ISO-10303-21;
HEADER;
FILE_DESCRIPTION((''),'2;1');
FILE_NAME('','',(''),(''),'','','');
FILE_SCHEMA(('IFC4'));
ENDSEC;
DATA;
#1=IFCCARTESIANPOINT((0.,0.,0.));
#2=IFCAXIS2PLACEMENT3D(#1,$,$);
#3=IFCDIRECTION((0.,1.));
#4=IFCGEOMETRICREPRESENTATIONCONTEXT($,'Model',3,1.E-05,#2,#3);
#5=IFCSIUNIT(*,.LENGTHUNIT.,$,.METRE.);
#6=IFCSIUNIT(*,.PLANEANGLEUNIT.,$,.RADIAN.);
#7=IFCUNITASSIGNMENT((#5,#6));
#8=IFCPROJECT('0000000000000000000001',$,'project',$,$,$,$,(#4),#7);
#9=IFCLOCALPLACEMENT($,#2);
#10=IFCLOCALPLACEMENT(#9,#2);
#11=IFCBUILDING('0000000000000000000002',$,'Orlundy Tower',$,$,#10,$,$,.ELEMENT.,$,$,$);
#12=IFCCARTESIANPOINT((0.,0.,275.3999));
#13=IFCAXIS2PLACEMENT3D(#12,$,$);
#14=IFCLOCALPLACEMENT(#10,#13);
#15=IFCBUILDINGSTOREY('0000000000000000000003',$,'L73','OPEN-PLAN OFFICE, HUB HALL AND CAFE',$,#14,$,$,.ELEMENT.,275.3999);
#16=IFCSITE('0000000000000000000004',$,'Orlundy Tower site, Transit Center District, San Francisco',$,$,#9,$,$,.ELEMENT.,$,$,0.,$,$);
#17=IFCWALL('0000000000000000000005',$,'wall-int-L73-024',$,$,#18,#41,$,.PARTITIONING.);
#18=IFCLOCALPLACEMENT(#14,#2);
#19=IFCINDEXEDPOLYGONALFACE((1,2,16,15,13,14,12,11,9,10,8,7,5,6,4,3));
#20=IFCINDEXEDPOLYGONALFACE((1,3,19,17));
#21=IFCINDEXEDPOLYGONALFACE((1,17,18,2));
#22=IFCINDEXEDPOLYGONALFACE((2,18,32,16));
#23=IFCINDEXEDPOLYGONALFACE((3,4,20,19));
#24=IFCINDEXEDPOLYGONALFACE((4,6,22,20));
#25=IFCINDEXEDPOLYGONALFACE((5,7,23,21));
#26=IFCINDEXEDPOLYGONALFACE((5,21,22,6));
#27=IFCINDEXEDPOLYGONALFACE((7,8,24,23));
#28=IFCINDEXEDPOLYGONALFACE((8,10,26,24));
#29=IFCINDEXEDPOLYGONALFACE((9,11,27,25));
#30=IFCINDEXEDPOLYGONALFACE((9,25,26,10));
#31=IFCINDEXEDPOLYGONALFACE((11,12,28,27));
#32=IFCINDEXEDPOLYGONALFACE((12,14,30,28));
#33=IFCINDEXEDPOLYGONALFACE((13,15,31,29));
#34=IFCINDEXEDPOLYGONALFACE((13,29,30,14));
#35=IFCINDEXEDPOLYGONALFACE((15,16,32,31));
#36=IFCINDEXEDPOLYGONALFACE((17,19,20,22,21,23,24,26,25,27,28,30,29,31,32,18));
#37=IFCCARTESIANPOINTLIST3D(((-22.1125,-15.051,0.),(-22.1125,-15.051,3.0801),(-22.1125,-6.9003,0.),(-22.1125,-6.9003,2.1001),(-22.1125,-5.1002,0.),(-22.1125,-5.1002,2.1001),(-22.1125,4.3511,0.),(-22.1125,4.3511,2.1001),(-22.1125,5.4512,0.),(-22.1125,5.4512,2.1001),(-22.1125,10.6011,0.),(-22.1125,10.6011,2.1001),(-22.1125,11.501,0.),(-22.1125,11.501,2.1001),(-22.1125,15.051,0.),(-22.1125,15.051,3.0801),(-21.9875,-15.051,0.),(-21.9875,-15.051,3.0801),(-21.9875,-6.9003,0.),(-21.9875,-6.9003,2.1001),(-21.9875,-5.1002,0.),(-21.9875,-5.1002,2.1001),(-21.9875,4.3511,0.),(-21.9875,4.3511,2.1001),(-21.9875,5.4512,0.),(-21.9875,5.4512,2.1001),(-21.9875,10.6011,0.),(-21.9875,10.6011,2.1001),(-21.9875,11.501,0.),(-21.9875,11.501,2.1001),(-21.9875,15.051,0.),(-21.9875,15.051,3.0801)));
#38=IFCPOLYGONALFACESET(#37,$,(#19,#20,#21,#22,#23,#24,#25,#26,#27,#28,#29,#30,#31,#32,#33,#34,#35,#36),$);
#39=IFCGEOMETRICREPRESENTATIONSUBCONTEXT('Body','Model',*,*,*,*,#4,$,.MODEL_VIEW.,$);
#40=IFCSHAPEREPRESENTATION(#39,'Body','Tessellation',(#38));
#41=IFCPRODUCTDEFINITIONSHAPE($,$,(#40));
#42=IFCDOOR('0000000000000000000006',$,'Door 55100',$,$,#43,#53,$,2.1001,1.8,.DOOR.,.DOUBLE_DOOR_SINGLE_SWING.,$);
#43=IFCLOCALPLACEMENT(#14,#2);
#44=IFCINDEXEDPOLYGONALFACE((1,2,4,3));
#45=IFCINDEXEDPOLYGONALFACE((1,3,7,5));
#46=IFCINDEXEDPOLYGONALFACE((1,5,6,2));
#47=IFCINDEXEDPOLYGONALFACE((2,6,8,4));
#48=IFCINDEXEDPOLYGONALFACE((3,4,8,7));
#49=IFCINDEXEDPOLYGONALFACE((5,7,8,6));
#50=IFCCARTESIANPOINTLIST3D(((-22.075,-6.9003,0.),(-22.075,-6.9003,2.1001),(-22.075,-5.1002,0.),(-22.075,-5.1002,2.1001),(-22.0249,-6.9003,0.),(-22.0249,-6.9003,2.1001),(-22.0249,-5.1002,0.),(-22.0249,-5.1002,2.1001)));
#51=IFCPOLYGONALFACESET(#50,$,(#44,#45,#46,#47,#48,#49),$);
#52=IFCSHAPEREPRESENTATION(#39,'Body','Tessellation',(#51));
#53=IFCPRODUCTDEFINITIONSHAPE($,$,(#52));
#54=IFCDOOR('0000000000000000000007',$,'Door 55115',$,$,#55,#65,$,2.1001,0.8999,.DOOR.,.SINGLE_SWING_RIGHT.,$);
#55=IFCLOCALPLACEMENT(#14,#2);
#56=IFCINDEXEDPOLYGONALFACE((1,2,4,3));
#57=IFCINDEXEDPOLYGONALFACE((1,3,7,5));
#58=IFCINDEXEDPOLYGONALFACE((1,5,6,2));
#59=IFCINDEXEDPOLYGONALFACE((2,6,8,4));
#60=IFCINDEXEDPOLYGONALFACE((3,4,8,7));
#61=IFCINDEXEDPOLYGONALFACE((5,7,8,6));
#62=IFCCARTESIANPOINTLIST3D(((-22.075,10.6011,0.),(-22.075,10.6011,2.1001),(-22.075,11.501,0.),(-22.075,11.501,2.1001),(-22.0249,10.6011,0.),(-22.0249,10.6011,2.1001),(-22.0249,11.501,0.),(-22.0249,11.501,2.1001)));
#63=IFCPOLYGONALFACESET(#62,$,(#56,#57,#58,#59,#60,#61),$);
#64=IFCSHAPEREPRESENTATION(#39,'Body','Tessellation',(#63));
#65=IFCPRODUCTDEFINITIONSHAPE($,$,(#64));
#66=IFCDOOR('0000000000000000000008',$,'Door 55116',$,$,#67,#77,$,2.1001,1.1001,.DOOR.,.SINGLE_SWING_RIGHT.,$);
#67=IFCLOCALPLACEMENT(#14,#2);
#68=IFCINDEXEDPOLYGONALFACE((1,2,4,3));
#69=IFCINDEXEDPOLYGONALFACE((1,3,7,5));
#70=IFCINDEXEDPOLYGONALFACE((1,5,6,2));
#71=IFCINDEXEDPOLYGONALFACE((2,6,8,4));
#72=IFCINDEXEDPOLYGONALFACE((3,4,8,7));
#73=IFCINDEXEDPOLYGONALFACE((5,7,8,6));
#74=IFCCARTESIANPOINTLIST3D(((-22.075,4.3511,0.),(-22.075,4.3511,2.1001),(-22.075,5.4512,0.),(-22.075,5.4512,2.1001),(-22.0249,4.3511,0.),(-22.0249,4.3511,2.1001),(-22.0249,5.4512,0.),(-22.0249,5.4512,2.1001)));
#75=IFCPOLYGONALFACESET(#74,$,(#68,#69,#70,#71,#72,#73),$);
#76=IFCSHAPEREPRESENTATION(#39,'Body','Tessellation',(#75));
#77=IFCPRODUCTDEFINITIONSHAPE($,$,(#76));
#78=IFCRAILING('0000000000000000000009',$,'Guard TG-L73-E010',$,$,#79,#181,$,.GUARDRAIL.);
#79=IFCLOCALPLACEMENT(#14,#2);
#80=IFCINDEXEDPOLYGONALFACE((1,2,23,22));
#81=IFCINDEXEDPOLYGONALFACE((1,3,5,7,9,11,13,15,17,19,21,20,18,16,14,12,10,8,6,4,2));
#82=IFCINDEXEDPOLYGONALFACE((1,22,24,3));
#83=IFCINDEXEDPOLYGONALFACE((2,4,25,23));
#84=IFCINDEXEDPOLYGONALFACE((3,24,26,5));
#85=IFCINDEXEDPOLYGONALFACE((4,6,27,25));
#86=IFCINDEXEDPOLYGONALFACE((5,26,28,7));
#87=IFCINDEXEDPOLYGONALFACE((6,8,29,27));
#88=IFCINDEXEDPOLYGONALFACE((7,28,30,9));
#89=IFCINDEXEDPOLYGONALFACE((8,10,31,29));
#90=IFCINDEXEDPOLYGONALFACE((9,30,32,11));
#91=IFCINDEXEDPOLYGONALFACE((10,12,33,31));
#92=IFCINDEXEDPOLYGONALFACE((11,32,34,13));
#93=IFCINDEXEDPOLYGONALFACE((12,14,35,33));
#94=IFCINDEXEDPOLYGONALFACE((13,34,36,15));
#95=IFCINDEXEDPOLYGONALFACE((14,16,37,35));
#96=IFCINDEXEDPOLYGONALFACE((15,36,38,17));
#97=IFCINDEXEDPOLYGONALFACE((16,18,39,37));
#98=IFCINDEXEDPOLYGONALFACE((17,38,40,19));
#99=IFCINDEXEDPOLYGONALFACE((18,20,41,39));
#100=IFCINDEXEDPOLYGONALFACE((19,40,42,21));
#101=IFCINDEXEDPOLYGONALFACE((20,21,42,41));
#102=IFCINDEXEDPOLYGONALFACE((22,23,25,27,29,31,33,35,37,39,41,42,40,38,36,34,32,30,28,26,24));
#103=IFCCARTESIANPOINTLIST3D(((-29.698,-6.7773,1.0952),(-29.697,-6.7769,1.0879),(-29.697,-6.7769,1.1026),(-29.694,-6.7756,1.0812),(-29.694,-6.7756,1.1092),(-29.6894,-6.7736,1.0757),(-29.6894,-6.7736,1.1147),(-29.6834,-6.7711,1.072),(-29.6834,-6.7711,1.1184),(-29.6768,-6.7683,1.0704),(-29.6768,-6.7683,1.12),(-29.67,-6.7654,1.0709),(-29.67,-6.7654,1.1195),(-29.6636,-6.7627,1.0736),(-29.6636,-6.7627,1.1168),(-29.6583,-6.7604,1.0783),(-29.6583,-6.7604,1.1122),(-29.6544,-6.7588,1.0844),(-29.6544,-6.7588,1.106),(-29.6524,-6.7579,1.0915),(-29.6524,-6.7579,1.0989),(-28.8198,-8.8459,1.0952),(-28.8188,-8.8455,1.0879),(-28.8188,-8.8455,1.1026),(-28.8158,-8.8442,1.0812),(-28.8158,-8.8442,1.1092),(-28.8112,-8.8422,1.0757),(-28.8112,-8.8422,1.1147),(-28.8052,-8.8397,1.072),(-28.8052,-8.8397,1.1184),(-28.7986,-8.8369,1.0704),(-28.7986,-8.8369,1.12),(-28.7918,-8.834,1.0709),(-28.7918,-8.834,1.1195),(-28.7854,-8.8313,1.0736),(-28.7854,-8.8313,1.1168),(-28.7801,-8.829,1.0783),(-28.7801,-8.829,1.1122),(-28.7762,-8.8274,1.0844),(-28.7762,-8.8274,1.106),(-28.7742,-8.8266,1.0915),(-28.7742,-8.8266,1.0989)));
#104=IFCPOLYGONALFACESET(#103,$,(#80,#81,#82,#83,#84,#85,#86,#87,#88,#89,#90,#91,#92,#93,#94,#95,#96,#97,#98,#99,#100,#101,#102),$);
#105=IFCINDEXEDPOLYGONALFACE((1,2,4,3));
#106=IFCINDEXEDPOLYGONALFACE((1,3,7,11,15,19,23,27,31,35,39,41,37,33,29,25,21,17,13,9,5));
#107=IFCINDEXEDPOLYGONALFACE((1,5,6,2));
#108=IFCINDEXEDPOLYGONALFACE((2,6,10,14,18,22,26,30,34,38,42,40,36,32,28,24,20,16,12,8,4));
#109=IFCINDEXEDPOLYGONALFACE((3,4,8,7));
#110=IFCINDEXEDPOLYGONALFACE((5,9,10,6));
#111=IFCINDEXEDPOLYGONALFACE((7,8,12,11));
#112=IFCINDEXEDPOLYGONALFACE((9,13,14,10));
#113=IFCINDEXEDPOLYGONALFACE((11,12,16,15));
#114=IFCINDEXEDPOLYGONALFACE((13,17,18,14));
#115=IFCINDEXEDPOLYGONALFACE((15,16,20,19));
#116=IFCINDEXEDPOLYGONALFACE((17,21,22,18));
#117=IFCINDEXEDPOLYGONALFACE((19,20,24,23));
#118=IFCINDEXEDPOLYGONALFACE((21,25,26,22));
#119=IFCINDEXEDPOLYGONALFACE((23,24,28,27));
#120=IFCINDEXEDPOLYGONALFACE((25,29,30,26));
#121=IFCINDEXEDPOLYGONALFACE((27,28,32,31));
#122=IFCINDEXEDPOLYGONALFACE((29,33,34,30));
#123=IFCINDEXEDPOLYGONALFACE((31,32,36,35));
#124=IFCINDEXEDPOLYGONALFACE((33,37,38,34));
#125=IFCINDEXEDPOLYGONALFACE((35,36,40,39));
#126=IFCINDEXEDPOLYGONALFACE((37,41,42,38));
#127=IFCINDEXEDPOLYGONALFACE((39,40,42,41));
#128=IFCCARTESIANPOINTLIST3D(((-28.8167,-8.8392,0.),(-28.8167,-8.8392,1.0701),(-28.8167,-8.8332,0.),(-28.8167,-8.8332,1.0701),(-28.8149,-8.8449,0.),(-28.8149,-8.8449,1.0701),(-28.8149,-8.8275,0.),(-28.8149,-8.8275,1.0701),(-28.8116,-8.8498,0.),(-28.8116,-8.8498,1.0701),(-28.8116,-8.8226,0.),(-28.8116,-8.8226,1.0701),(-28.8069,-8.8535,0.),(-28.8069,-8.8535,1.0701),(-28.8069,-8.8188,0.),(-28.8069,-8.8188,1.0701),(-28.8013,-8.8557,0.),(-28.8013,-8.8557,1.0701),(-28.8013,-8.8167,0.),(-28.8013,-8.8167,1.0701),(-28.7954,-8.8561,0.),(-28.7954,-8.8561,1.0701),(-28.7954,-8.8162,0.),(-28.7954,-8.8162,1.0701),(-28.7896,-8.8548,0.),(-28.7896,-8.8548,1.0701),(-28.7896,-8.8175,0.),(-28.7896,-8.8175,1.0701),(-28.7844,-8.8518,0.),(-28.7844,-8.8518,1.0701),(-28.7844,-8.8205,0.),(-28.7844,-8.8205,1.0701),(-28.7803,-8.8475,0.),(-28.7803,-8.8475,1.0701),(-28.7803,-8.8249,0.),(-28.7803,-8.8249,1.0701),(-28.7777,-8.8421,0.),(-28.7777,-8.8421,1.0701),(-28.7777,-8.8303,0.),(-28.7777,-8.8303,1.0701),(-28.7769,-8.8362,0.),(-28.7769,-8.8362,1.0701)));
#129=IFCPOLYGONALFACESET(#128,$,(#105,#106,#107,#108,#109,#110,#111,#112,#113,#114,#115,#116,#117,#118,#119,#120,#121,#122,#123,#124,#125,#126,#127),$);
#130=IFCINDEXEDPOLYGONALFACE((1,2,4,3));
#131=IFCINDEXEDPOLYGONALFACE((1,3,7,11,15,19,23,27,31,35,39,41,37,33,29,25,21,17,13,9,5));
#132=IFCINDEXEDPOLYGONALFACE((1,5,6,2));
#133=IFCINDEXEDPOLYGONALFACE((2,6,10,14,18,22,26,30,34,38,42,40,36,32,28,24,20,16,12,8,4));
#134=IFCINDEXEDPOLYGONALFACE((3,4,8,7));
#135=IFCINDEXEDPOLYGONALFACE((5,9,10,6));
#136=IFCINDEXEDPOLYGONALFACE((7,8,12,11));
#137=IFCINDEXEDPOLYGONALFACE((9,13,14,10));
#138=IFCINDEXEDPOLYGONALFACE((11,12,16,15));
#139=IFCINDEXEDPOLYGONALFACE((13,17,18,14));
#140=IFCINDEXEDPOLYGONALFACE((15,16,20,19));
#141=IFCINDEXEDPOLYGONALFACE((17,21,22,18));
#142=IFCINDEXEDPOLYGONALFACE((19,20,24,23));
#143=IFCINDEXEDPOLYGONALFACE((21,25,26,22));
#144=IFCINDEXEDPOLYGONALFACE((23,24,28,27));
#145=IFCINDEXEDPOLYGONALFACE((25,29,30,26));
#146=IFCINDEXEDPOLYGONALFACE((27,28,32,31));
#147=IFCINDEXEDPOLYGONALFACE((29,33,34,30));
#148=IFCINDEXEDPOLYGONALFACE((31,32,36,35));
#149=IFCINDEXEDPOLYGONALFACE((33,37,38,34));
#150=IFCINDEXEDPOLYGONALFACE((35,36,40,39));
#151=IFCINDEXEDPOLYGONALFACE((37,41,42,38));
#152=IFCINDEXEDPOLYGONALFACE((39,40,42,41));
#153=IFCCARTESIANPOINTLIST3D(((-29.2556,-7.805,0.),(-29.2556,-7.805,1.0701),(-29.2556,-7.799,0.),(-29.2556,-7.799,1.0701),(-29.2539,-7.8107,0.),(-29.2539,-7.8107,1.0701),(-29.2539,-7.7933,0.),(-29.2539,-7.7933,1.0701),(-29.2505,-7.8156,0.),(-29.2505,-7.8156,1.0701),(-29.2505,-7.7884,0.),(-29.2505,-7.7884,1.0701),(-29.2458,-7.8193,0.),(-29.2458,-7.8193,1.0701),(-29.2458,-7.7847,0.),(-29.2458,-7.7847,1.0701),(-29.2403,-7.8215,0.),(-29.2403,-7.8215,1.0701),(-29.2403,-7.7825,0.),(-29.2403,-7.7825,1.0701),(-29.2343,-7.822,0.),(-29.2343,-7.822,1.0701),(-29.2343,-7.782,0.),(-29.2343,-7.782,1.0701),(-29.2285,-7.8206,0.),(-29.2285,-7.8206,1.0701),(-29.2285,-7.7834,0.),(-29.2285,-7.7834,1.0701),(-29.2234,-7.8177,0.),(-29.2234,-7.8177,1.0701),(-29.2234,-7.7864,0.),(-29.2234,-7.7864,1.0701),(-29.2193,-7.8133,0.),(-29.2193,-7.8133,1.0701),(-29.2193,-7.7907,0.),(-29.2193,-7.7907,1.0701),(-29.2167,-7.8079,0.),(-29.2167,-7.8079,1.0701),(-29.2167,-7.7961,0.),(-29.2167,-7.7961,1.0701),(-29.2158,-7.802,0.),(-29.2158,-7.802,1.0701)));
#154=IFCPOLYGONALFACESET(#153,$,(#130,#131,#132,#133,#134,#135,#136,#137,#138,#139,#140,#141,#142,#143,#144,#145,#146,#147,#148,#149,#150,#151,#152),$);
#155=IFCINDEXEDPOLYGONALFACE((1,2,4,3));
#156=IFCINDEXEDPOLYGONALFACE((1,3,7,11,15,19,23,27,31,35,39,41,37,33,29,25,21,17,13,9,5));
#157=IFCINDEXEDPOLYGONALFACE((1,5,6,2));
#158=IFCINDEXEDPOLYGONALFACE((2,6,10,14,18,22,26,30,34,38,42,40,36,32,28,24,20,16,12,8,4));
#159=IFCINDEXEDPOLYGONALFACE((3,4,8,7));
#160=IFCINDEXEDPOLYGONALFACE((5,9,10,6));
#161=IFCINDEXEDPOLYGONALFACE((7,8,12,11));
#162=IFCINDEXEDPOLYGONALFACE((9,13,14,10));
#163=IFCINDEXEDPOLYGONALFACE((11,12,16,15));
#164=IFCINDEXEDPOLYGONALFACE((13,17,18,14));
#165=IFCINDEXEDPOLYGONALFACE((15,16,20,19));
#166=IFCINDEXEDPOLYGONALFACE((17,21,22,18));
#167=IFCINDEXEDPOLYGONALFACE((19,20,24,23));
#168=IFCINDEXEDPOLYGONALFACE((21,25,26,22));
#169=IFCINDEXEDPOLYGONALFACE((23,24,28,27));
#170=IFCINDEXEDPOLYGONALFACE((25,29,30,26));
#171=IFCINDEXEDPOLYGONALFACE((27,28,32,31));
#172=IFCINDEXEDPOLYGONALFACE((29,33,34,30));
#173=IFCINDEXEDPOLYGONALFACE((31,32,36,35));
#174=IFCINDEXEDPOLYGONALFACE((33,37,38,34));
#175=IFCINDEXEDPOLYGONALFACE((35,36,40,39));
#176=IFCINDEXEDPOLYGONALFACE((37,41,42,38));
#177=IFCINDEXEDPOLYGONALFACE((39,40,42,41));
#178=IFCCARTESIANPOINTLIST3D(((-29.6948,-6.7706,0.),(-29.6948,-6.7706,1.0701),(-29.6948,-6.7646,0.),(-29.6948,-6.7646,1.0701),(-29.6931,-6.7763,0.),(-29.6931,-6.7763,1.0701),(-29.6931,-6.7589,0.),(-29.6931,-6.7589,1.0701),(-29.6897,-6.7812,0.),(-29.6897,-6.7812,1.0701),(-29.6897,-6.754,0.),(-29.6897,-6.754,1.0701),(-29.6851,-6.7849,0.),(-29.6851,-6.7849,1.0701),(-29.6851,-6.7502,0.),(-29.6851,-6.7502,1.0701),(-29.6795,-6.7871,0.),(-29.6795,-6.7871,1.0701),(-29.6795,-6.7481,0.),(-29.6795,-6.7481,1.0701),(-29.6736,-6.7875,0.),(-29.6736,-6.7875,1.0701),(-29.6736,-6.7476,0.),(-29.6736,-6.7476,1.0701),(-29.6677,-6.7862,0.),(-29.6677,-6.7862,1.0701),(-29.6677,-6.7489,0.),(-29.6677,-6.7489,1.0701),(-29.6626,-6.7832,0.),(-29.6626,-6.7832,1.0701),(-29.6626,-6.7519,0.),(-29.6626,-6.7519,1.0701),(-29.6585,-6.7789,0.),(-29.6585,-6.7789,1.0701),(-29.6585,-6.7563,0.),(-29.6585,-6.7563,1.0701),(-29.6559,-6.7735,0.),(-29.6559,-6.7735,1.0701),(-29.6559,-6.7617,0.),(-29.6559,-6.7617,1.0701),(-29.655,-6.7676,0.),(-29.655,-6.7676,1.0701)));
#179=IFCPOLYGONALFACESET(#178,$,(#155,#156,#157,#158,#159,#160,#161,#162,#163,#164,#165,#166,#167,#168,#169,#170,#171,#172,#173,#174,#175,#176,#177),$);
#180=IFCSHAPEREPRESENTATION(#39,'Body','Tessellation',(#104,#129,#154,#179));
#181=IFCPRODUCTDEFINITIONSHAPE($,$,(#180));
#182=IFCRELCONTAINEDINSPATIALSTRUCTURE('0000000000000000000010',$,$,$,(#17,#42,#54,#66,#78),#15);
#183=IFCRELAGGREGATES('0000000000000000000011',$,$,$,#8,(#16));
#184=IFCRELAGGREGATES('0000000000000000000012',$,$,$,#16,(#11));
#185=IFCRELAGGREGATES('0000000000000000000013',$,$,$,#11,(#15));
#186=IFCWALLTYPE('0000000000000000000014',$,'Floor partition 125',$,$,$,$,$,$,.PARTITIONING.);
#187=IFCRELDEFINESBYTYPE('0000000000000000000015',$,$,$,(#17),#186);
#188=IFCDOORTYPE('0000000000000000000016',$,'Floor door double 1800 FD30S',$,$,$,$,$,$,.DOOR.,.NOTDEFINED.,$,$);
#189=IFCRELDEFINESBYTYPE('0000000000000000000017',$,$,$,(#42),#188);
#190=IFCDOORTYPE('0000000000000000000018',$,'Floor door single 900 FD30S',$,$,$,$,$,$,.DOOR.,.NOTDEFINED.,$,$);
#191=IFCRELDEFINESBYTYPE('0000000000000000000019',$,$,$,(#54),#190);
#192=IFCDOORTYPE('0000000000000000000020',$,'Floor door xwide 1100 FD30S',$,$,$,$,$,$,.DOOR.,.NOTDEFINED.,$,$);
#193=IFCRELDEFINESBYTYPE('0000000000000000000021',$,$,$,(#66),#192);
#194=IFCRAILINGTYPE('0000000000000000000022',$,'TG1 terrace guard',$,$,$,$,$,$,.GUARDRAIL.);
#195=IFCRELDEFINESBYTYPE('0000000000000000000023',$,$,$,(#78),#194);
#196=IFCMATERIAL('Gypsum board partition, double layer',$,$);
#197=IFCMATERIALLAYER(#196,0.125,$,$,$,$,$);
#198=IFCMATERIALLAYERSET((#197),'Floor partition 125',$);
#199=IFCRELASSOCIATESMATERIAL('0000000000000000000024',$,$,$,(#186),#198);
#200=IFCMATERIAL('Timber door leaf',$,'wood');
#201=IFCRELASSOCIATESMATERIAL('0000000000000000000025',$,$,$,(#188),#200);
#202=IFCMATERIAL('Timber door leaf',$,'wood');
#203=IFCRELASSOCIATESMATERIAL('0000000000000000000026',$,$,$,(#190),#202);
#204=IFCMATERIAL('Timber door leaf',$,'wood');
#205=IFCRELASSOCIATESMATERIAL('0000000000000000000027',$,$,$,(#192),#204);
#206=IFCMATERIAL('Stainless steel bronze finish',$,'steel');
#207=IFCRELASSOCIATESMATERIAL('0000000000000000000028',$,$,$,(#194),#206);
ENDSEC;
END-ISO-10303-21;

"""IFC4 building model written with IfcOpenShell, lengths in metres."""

from ifc_helpers import new_model, si_unit, direction, frame, frame_2d, origin, origin_2d, place, context, subcontext, project, spatial, rectangle, circle, extrude, material, layer, layer_set, type_object, element, fill, save


model = new_model("IFC4")

# Units and contexts
model_context = context("Model", 3, precision=1e-05, world=origin(), true_north=direction((0.0, 1.0)))
body_context = subcontext(model_context, "Body", "Model", "MODEL_VIEW")
ifc_project = project(units=[si_unit("LENGTHUNIT", "METRE"), si_unit("PLANEANGLEUNIT", "RADIAN")], contexts=[model_context])

# Site, building, storey
site_placement = place(None, origin())
site = spatial("IfcSite", under=ifc_project, at=site_placement, Name="Orlundy Tower site, Transit Center District, San Francisco", CompositionType="ELEMENT", RefElevation=0.0)
building_placement = place(site_placement, origin())
building = spatial("IfcBuilding", under=site, at=building_placement, Name="Orlundy Tower", CompositionType="ELEMENT")
storey_placement = place(building_placement, frame((0.0, 0.0, 275.3999)))
storey = spatial("IfcBuildingStorey", under=building, at=storey_placement, Name="L73", Description="OPEN-PLAN OFFICE, HUB HALL AND CAFE", CompositionType="ELEMENT", Elevation=275.3999)

# Wall, openings, doors
ifc_material_1 = material(Name="Gypsum board partition, double layer")
ifc_layer_1 = layer(ifc_material_1, 0.125)
ifc_layer_set_1 = layer_set([ifc_layer_1], Name="Floor partition 125")
wall_type_1 = type_object("IfcWallType", Name="Floor partition 125", PredefinedType="PARTITIONING", material=ifc_layer_set_1)
wall_1_placement = place(storey_placement, frame((-22.05, -15.051, 0.0), z_axis=(0.0, 0.0, 1.0), x_axis=(0.0, 1.0, 0.0)))
wall_1 = element("IfcWall", 1, at=wall_1_placement, inside=storey, type_object=wall_type_1, Name="wall-int-L73-024", PredefinedType="PARTITIONING", context=body_context, shape_type="SweptSolid", body=[
    extrude(rectangle(XDim=30.1021, YDim=0.125, at=frame_2d((15.051, 0.0))), origin(), (0.0, 0.0, 1.0), 3.0801),
])
opening_1_placement = place(wall_1_placement, frame((8.1509, 0.0, 0.0)))
opening_1 = element("IfcOpeningElement", 2, at=opening_1_placement, cuts=wall_1, PredefinedType="OPENING", context=body_context, shape_type="SweptSolid", body=[
    extrude(rectangle(XDim=1.8, YDim=2.1001, at=frame_2d((0.8999, 1.05))), frame((0.0, 0.0725, 0.0), z_axis=(0.0, -1.0, 0.0), x_axis=(1.0, 0.0, 0.0)), (0.0, 0.0, 1.0), 0.145),
])
opening_2_placement = place(wall_1_placement, frame((25.6521, 0.0, 0.0)))
opening_2 = element("IfcOpeningElement", 3, at=opening_2_placement, cuts=wall_1, PredefinedType="OPENING", context=body_context, shape_type="SweptSolid", body=[
    extrude(rectangle(XDim=0.8999, YDim=2.1001, at=frame_2d((0.45, 1.05))), frame((0.0, 0.0725, 0.0), z_axis=(0.0, -1.0, 0.0), x_axis=(1.0, 0.0, 0.0)), (0.0, 0.0, 1.0), 0.145),
])
opening_3_placement = place(wall_1_placement, frame((19.4021, 0.0, 0.0)))
opening_3 = element("IfcOpeningElement", 4, at=opening_3_placement, cuts=wall_1, PredefinedType="OPENING", context=body_context, shape_type="SweptSolid", body=[
    extrude(rectangle(XDim=1.1001, YDim=2.1001, at=frame_2d((0.55, 1.05))), frame((0.0, 0.0725, 0.0), z_axis=(0.0, -1.0, 0.0), x_axis=(1.0, 0.0, 0.0)), (0.0, 0.0, 1.0), 0.145),
])
ifc_material_2 = material(Name="Timber door leaf", Category="wood")
door_type_1 = type_object("IfcDoorType", Name="Floor door double 1800 FD30S", OperationType="NOTDEFINED", PredefinedType="DOOR", material=ifc_material_2)
door_1_placement = place(opening_1_placement, origin())
door_1 = element("IfcDoor", 5, at=door_1_placement, inside=storey, type_object=door_type_1, Name="Door 55100", OperationType="DOUBLE_DOOR_SINGLE_SWING", OverallHeight=2.1001, OverallWidth=1.8, PredefinedType="DOOR", context=body_context, shape_type="SweptSolid", body=[
    extrude(rectangle(XDim=1.8, YDim=2.1001, at=frame_2d((0.8999, 1.05))), frame((0.0, 0.0249, 0.0), z_axis=(0.0, -1.0, 0.0), x_axis=(1.0, 0.0, 0.0)), (0.0, 0.0, 1.0), 0.05),
])
fill(opening_1, door_1)
ifc_material_3 = material(Name="Timber door leaf", Category="wood")
door_type_2 = type_object("IfcDoorType", Name="Floor door single 900 FD30S", OperationType="NOTDEFINED", PredefinedType="DOOR", material=ifc_material_3)
door_2_placement = place(opening_2_placement, origin())
door_2 = element("IfcDoor", 6, at=door_2_placement, inside=storey, type_object=door_type_2, Name="Door 55115", OperationType="SINGLE_SWING_RIGHT", OverallHeight=2.1001, OverallWidth=0.8999, PredefinedType="DOOR", context=body_context, shape_type="SweptSolid", body=[
    extrude(rectangle(XDim=0.8999, YDim=2.1001, at=frame_2d((0.45, 1.05))), frame((0.0, 0.0249, 0.0), z_axis=(0.0, -1.0, 0.0), x_axis=(1.0, 0.0, 0.0)), (0.0, 0.0, 1.0), 0.05),
])
fill(opening_2, door_2)
ifc_material_4 = material(Name="Timber door leaf", Category="wood")
door_type_3 = type_object("IfcDoorType", Name="Floor door xwide 1100 FD30S", OperationType="NOTDEFINED", PredefinedType="DOOR", material=ifc_material_4)
door_3_placement = place(opening_3_placement, origin())
door_3 = element("IfcDoor", 7, at=door_3_placement, inside=storey, type_object=door_type_3, Name="Door 55116", OperationType="SINGLE_SWING_RIGHT", OverallHeight=2.1001, OverallWidth=1.1001, PredefinedType="DOOR", context=body_context, shape_type="SweptSolid", body=[
    extrude(rectangle(XDim=1.1001, YDim=2.1001, at=frame_2d((0.55, 1.05))), frame((0.0, 0.0249, 0.0), z_axis=(0.0, -1.0, 0.0), x_axis=(1.0, 0.0, 0.0)), (0.0, 0.0, 1.0), 0.05),
])
fill(opening_3, door_3)

# Railing
ifc_material_5 = material(Name="Stainless steel bronze finish", Category="steel")
railing_type = type_object("IfcRailingType", Name="TG1 terrace guard", PredefinedType="GUARDRAIL", material=ifc_material_5)
railing_1_placement = place(storey_placement, frame((-28.7969, -8.8362, 0.0)))
element("IfcRailing", 8, at=railing_1_placement, inside=storey, type_object=railing_type, Name="Guard TG-L73-E010", PredefinedType="GUARDRAIL", context=body_context, shape_type="SweptSolid", body=[
    extrude(circle(Radius=0.0249, at=origin_2d()), frame((0.0, 0.0, 1.0952), z_axis=(-0.39077, 0.920488, 0.0), x_axis=(-0.920488, -0.39077, 0.0)), (0.0, 0.0, 1.0), 2.2473),
    extrude(circle(Radius=0.02, at=origin_2d()), origin(), (0.0, 0.0, 1.0), 1.0701),
    extrude(circle(Radius=0.02, at=origin_2d()), frame((-0.439, 1.0342, 0.0)), (0.0, 0.0, 1.0), 1.0701),
    extrude(circle(Radius=0.02, at=origin_2d()), frame((-0.8782, 2.0686, 0.0)), (0.0, 0.0, 1.0), 1.0701),
])

save(model, "model.ifc")
